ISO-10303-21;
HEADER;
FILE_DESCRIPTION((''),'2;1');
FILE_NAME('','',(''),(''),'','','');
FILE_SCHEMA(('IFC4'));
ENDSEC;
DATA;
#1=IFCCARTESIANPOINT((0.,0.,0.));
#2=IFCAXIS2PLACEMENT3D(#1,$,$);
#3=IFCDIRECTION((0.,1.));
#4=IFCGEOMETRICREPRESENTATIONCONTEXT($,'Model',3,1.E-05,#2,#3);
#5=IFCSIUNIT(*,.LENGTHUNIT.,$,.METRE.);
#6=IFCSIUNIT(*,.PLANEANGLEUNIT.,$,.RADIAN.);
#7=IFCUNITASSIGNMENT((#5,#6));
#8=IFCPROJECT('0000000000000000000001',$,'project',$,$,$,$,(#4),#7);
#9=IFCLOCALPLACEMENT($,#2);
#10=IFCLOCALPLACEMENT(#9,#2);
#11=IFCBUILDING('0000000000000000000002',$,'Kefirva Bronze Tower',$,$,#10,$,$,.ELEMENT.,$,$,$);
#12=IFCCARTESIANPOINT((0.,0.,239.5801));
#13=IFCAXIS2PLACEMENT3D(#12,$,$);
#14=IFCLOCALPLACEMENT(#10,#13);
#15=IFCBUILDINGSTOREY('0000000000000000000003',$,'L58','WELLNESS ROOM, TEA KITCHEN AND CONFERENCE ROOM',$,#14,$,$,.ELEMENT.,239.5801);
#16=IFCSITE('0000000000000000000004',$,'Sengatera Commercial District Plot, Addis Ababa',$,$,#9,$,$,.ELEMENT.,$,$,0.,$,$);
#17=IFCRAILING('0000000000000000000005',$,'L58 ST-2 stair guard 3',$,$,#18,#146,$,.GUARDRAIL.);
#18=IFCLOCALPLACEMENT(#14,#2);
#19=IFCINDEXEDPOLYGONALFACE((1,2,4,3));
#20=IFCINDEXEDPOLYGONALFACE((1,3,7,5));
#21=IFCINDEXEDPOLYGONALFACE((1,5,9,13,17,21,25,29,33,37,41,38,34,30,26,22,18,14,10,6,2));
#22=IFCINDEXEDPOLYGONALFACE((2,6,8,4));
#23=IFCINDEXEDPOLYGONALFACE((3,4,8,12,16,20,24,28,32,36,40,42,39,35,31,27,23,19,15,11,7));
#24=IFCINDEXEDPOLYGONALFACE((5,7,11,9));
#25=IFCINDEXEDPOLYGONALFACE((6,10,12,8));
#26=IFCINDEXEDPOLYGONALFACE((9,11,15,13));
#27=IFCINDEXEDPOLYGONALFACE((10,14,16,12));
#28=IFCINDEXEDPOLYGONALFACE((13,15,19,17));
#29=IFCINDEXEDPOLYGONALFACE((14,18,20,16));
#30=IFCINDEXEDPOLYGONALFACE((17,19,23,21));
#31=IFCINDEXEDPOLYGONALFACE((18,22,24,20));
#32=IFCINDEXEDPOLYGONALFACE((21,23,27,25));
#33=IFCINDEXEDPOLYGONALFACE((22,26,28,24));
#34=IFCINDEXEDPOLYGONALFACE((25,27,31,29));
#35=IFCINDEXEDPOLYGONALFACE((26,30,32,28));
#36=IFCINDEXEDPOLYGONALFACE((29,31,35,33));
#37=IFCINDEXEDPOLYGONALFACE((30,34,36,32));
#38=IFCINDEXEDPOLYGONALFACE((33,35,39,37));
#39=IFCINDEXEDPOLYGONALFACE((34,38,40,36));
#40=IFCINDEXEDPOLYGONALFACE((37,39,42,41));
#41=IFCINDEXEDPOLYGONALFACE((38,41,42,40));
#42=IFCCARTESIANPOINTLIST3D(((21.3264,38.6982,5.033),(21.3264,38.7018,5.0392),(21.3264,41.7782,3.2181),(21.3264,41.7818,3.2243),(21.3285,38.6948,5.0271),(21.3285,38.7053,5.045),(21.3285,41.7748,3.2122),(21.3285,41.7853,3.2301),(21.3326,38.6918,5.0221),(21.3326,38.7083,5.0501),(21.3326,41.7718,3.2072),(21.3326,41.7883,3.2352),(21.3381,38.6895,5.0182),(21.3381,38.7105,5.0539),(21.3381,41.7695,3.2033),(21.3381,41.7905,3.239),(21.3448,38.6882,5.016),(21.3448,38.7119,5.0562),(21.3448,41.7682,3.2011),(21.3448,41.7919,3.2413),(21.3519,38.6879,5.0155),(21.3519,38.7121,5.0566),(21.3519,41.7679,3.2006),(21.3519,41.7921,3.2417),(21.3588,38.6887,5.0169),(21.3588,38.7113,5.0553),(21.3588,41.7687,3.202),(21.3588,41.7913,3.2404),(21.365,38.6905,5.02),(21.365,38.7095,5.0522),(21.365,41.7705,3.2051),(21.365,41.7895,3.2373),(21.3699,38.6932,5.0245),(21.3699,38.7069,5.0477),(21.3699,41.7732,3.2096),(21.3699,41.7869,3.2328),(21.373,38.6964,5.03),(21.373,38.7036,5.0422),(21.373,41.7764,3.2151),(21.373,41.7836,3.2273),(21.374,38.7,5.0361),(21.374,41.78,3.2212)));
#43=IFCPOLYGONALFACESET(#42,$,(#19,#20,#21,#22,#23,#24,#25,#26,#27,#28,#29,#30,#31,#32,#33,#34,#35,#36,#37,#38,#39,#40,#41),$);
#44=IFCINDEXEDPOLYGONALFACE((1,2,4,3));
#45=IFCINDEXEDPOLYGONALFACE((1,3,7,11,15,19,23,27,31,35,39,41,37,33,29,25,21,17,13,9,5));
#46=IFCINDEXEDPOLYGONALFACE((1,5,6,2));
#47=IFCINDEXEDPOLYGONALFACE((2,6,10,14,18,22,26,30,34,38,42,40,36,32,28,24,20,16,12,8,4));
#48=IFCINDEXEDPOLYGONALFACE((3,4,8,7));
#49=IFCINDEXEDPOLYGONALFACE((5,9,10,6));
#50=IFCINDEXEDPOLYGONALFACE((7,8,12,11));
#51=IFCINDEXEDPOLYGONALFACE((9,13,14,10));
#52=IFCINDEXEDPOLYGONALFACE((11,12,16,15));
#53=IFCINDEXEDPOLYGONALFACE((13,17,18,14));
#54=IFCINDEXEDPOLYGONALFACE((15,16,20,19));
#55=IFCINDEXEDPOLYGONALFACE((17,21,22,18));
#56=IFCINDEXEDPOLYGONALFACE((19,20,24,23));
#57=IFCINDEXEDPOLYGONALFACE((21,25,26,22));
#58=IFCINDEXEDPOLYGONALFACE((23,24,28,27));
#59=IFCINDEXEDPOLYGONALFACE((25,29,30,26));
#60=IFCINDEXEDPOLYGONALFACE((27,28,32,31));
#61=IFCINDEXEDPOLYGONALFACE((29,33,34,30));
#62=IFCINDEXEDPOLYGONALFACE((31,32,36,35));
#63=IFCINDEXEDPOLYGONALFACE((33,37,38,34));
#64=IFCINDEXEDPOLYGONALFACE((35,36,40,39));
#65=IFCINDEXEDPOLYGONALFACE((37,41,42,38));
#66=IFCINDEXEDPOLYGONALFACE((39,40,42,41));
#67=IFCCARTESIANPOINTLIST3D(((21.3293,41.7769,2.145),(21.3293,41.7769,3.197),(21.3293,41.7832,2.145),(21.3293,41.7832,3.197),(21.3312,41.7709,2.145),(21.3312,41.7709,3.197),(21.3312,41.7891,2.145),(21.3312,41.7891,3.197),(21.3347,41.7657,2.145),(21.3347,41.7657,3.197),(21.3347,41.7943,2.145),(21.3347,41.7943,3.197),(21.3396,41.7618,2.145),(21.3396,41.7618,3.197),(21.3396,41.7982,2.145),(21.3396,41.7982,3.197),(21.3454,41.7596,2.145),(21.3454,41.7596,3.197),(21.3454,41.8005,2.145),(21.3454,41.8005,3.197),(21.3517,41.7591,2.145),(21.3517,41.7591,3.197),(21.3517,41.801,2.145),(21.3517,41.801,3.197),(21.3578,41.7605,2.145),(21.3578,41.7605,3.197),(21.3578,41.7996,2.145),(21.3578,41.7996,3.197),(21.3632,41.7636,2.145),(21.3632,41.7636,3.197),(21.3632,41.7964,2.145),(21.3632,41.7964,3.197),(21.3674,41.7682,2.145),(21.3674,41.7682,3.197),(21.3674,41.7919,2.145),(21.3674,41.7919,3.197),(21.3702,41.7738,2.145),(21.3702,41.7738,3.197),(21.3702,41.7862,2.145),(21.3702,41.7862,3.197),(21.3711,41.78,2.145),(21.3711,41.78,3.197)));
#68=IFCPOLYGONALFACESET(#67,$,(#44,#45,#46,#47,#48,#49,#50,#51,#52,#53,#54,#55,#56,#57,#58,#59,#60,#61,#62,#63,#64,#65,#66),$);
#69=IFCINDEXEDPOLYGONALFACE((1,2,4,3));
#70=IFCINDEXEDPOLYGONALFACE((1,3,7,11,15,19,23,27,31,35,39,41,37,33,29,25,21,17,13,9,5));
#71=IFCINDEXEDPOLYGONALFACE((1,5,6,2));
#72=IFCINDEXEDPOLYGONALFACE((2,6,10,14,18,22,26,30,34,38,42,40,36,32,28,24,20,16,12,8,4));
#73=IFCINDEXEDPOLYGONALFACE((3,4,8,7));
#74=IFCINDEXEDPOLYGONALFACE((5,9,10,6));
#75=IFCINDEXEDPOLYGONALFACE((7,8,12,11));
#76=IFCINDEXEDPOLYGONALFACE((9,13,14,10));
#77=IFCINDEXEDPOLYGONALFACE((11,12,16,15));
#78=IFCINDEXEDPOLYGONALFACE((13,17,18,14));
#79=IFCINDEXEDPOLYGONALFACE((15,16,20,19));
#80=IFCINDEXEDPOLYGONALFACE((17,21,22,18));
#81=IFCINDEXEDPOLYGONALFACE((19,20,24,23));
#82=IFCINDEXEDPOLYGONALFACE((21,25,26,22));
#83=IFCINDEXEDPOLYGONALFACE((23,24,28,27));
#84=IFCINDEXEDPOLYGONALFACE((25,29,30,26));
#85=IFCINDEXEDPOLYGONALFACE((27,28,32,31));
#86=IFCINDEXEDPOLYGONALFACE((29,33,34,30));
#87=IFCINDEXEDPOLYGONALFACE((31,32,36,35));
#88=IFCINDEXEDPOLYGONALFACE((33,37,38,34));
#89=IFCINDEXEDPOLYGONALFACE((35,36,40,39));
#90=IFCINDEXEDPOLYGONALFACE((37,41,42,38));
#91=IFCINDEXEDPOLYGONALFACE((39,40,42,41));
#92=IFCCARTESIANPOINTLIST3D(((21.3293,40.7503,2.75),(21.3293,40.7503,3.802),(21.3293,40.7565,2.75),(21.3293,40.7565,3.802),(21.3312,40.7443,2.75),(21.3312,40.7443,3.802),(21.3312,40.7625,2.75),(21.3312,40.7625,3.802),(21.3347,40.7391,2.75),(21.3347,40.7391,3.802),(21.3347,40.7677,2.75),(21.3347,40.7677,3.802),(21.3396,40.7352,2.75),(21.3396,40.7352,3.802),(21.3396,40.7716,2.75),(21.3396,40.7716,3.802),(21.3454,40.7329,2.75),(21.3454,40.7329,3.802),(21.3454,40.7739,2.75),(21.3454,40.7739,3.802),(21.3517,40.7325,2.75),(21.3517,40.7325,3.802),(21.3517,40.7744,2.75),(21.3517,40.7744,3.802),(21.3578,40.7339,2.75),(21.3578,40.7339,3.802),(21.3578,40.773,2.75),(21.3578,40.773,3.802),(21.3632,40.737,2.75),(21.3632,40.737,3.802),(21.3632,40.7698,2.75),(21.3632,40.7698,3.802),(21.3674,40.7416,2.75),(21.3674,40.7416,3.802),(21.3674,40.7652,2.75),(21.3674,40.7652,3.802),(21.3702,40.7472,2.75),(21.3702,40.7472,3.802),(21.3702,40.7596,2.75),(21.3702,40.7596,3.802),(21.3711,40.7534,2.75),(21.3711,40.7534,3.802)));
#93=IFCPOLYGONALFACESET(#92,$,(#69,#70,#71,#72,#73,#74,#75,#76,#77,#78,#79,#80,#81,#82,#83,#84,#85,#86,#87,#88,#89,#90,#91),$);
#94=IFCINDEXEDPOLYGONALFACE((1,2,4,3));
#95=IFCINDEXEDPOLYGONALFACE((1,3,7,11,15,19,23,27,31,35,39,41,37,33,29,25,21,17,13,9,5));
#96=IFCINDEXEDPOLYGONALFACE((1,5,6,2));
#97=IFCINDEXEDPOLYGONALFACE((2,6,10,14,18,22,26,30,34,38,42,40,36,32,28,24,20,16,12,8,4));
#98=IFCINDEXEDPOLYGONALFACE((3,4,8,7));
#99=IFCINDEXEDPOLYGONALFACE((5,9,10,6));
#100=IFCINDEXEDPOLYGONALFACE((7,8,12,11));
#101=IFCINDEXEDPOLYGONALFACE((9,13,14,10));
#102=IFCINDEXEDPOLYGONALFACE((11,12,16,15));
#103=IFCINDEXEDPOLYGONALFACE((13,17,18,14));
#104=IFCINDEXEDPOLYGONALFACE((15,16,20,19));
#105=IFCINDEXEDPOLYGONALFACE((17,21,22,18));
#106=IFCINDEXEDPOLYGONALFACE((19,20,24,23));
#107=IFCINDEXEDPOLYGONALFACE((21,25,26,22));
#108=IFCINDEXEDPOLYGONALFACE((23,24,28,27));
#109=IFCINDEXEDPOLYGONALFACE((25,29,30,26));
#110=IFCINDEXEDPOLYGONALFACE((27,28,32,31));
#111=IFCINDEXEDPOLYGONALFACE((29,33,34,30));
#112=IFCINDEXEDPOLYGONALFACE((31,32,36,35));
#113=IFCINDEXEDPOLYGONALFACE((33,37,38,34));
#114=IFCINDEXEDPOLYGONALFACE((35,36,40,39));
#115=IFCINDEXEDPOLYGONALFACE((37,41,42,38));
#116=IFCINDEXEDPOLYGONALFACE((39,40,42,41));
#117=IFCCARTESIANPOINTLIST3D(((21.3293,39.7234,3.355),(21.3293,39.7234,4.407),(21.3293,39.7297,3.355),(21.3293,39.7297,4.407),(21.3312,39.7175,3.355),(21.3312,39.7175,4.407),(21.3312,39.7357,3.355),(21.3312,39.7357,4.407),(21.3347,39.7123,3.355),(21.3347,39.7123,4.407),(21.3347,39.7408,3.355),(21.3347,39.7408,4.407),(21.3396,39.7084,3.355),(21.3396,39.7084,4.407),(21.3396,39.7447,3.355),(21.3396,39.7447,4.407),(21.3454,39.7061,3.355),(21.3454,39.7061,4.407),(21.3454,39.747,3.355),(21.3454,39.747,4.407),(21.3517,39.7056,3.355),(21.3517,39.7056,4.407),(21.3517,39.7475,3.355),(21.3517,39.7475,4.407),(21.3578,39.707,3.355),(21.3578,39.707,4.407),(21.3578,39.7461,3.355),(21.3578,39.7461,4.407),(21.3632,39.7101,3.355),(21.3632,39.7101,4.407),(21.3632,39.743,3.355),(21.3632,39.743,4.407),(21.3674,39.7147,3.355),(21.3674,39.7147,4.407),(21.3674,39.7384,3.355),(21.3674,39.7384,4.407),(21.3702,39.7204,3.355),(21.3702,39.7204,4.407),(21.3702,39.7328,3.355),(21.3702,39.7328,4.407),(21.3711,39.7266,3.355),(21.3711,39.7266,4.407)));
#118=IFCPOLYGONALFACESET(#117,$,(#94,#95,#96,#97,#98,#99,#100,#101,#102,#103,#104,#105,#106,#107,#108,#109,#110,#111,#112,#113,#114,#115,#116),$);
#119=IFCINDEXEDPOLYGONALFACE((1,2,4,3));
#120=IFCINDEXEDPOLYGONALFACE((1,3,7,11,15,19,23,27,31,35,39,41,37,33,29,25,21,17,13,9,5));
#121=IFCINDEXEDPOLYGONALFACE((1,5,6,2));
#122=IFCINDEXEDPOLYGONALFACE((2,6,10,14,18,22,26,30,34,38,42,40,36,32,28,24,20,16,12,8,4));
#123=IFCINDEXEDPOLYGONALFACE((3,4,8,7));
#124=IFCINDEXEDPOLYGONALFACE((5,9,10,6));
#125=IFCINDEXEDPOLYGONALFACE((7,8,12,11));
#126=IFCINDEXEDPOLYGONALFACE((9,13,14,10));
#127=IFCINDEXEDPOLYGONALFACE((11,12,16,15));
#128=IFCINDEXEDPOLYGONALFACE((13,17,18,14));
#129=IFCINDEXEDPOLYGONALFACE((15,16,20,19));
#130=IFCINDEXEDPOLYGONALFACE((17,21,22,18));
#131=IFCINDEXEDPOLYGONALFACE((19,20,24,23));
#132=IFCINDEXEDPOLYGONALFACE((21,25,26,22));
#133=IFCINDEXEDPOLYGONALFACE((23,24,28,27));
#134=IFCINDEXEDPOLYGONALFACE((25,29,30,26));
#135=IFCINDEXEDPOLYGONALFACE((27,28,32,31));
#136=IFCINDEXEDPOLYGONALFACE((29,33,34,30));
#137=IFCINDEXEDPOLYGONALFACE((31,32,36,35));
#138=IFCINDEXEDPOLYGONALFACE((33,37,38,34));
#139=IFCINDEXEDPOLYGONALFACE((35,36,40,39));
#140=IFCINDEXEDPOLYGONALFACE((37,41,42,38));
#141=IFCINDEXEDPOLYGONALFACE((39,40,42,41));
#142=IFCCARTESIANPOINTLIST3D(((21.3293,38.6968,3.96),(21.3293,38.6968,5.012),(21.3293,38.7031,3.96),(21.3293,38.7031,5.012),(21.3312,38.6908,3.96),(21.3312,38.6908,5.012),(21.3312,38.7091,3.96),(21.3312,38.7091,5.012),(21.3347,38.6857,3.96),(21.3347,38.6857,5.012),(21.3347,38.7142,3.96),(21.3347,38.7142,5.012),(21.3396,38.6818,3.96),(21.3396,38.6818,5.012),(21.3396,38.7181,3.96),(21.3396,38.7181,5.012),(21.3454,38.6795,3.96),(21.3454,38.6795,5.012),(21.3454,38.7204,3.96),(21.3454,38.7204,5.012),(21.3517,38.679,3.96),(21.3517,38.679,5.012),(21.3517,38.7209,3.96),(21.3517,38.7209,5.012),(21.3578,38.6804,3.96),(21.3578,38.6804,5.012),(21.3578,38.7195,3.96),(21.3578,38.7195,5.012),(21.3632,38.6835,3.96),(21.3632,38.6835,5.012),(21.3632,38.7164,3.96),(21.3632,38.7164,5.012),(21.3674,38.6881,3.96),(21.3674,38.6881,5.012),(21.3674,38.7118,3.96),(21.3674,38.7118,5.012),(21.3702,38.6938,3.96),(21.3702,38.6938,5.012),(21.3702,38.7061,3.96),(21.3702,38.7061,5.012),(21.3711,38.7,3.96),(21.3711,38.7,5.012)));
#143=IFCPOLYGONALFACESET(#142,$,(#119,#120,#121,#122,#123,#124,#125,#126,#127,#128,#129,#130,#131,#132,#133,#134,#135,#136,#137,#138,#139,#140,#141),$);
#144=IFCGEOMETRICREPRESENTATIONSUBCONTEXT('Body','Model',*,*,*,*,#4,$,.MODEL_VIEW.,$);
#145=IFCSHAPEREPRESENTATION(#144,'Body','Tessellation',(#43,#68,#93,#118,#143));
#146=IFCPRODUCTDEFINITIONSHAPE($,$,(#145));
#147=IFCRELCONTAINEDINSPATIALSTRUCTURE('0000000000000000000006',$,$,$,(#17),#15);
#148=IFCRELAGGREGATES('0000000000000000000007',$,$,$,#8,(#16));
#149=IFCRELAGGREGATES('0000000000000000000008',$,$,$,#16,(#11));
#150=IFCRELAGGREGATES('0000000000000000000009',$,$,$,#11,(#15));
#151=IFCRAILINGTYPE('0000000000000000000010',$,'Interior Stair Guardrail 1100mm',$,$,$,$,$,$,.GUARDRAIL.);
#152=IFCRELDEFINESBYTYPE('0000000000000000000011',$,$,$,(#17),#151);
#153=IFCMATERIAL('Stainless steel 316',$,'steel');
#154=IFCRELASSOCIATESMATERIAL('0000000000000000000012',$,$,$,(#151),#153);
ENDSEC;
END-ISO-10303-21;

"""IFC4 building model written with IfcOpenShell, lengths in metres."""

from ifc_helpers import new_model, si_unit, direction, frame, origin, origin_2d, place, context, subcontext, project, spatial, circle, extrude, material, type_object, element, save


model = new_model("IFC4")

# Units and contexts
model_context = context("Model", 3, precision=1e-05, world=origin(), true_north=direction((0.0, 1.0)))
body_context = subcontext(model_context, "Body", "Model", "MODEL_VIEW")
ifc_project = project(units=[si_unit("LENGTHUNIT", "METRE"), si_unit("PLANEANGLEUNIT", "RADIAN")], contexts=[model_context])

# Site, building, storey
site_placement = place(None, origin())
site = spatial("IfcSite", under=ifc_project, at=site_placement, Name="Sengatera Commercial District Plot, Addis Ababa", CompositionType="ELEMENT", RefElevation=0.0)
building_placement = place(site_placement, origin())
building = spatial("IfcBuilding", under=site, at=building_placement, Name="Kefirva Bronze Tower", CompositionType="ELEMENT")
storey_placement = place(building_placement, frame((0.0, 0.0, 239.5801)))
storey = spatial("IfcBuildingStorey", under=building, at=storey_placement, Name="L58", Description="WELLNESS ROOM, TEA KITCHEN AND CONFERENCE ROOM", CompositionType="ELEMENT", Elevation=239.5801)

# Shared definitions
ifc_material_1 = material(Name="Stainless steel 316", Category="steel")

# Railing
railing_type_1 = type_object("IfcRailingType", Name="Interior Stair Guardrail 1100mm", PredefinedType="GUARDRAIL", material=ifc_material_1)
railing_1_placement = place(storey_placement, frame((21.3501, 41.78, 2.145)))
element("IfcRailing", 1, at=railing_1_placement, inside=storey, type_object=railing_type_1, Name="L58 ST-2 stair guard 3", PredefinedType="GUARDRAIL", context=body_context, shape_type="SweptSolid", body=[
    extrude(circle(Radius=0.0239, at=origin_2d()), frame((0.0, 0.0, 1.0762), z_axis=(0.0, -0.861551, 0.507671), x_axis=(1.0, 0.0, 0.0)), (0.0, 0.0, 1.0), 3.575),
    extrude(circle(Radius=0.021, at=origin_2d()), origin(), (0.0, 0.0, 1.0), 1.052),
    extrude(circle(Radius=0.021, at=origin_2d()), frame((0.0, -1.0266, 0.605)), (0.0, 0.0, 1.0), 1.052),
    extrude(circle(Radius=0.021, at=origin_2d()), frame((0.0, -2.0535, 1.21)), (0.0, 0.0, 1.0), 1.052),
    extrude(circle(Radius=0.021, at=origin_2d()), frame((0.0, -3.0801, 1.8149)), (0.0, 0.0, 1.0), 1.052),
])

save(model, "model.ifc")
